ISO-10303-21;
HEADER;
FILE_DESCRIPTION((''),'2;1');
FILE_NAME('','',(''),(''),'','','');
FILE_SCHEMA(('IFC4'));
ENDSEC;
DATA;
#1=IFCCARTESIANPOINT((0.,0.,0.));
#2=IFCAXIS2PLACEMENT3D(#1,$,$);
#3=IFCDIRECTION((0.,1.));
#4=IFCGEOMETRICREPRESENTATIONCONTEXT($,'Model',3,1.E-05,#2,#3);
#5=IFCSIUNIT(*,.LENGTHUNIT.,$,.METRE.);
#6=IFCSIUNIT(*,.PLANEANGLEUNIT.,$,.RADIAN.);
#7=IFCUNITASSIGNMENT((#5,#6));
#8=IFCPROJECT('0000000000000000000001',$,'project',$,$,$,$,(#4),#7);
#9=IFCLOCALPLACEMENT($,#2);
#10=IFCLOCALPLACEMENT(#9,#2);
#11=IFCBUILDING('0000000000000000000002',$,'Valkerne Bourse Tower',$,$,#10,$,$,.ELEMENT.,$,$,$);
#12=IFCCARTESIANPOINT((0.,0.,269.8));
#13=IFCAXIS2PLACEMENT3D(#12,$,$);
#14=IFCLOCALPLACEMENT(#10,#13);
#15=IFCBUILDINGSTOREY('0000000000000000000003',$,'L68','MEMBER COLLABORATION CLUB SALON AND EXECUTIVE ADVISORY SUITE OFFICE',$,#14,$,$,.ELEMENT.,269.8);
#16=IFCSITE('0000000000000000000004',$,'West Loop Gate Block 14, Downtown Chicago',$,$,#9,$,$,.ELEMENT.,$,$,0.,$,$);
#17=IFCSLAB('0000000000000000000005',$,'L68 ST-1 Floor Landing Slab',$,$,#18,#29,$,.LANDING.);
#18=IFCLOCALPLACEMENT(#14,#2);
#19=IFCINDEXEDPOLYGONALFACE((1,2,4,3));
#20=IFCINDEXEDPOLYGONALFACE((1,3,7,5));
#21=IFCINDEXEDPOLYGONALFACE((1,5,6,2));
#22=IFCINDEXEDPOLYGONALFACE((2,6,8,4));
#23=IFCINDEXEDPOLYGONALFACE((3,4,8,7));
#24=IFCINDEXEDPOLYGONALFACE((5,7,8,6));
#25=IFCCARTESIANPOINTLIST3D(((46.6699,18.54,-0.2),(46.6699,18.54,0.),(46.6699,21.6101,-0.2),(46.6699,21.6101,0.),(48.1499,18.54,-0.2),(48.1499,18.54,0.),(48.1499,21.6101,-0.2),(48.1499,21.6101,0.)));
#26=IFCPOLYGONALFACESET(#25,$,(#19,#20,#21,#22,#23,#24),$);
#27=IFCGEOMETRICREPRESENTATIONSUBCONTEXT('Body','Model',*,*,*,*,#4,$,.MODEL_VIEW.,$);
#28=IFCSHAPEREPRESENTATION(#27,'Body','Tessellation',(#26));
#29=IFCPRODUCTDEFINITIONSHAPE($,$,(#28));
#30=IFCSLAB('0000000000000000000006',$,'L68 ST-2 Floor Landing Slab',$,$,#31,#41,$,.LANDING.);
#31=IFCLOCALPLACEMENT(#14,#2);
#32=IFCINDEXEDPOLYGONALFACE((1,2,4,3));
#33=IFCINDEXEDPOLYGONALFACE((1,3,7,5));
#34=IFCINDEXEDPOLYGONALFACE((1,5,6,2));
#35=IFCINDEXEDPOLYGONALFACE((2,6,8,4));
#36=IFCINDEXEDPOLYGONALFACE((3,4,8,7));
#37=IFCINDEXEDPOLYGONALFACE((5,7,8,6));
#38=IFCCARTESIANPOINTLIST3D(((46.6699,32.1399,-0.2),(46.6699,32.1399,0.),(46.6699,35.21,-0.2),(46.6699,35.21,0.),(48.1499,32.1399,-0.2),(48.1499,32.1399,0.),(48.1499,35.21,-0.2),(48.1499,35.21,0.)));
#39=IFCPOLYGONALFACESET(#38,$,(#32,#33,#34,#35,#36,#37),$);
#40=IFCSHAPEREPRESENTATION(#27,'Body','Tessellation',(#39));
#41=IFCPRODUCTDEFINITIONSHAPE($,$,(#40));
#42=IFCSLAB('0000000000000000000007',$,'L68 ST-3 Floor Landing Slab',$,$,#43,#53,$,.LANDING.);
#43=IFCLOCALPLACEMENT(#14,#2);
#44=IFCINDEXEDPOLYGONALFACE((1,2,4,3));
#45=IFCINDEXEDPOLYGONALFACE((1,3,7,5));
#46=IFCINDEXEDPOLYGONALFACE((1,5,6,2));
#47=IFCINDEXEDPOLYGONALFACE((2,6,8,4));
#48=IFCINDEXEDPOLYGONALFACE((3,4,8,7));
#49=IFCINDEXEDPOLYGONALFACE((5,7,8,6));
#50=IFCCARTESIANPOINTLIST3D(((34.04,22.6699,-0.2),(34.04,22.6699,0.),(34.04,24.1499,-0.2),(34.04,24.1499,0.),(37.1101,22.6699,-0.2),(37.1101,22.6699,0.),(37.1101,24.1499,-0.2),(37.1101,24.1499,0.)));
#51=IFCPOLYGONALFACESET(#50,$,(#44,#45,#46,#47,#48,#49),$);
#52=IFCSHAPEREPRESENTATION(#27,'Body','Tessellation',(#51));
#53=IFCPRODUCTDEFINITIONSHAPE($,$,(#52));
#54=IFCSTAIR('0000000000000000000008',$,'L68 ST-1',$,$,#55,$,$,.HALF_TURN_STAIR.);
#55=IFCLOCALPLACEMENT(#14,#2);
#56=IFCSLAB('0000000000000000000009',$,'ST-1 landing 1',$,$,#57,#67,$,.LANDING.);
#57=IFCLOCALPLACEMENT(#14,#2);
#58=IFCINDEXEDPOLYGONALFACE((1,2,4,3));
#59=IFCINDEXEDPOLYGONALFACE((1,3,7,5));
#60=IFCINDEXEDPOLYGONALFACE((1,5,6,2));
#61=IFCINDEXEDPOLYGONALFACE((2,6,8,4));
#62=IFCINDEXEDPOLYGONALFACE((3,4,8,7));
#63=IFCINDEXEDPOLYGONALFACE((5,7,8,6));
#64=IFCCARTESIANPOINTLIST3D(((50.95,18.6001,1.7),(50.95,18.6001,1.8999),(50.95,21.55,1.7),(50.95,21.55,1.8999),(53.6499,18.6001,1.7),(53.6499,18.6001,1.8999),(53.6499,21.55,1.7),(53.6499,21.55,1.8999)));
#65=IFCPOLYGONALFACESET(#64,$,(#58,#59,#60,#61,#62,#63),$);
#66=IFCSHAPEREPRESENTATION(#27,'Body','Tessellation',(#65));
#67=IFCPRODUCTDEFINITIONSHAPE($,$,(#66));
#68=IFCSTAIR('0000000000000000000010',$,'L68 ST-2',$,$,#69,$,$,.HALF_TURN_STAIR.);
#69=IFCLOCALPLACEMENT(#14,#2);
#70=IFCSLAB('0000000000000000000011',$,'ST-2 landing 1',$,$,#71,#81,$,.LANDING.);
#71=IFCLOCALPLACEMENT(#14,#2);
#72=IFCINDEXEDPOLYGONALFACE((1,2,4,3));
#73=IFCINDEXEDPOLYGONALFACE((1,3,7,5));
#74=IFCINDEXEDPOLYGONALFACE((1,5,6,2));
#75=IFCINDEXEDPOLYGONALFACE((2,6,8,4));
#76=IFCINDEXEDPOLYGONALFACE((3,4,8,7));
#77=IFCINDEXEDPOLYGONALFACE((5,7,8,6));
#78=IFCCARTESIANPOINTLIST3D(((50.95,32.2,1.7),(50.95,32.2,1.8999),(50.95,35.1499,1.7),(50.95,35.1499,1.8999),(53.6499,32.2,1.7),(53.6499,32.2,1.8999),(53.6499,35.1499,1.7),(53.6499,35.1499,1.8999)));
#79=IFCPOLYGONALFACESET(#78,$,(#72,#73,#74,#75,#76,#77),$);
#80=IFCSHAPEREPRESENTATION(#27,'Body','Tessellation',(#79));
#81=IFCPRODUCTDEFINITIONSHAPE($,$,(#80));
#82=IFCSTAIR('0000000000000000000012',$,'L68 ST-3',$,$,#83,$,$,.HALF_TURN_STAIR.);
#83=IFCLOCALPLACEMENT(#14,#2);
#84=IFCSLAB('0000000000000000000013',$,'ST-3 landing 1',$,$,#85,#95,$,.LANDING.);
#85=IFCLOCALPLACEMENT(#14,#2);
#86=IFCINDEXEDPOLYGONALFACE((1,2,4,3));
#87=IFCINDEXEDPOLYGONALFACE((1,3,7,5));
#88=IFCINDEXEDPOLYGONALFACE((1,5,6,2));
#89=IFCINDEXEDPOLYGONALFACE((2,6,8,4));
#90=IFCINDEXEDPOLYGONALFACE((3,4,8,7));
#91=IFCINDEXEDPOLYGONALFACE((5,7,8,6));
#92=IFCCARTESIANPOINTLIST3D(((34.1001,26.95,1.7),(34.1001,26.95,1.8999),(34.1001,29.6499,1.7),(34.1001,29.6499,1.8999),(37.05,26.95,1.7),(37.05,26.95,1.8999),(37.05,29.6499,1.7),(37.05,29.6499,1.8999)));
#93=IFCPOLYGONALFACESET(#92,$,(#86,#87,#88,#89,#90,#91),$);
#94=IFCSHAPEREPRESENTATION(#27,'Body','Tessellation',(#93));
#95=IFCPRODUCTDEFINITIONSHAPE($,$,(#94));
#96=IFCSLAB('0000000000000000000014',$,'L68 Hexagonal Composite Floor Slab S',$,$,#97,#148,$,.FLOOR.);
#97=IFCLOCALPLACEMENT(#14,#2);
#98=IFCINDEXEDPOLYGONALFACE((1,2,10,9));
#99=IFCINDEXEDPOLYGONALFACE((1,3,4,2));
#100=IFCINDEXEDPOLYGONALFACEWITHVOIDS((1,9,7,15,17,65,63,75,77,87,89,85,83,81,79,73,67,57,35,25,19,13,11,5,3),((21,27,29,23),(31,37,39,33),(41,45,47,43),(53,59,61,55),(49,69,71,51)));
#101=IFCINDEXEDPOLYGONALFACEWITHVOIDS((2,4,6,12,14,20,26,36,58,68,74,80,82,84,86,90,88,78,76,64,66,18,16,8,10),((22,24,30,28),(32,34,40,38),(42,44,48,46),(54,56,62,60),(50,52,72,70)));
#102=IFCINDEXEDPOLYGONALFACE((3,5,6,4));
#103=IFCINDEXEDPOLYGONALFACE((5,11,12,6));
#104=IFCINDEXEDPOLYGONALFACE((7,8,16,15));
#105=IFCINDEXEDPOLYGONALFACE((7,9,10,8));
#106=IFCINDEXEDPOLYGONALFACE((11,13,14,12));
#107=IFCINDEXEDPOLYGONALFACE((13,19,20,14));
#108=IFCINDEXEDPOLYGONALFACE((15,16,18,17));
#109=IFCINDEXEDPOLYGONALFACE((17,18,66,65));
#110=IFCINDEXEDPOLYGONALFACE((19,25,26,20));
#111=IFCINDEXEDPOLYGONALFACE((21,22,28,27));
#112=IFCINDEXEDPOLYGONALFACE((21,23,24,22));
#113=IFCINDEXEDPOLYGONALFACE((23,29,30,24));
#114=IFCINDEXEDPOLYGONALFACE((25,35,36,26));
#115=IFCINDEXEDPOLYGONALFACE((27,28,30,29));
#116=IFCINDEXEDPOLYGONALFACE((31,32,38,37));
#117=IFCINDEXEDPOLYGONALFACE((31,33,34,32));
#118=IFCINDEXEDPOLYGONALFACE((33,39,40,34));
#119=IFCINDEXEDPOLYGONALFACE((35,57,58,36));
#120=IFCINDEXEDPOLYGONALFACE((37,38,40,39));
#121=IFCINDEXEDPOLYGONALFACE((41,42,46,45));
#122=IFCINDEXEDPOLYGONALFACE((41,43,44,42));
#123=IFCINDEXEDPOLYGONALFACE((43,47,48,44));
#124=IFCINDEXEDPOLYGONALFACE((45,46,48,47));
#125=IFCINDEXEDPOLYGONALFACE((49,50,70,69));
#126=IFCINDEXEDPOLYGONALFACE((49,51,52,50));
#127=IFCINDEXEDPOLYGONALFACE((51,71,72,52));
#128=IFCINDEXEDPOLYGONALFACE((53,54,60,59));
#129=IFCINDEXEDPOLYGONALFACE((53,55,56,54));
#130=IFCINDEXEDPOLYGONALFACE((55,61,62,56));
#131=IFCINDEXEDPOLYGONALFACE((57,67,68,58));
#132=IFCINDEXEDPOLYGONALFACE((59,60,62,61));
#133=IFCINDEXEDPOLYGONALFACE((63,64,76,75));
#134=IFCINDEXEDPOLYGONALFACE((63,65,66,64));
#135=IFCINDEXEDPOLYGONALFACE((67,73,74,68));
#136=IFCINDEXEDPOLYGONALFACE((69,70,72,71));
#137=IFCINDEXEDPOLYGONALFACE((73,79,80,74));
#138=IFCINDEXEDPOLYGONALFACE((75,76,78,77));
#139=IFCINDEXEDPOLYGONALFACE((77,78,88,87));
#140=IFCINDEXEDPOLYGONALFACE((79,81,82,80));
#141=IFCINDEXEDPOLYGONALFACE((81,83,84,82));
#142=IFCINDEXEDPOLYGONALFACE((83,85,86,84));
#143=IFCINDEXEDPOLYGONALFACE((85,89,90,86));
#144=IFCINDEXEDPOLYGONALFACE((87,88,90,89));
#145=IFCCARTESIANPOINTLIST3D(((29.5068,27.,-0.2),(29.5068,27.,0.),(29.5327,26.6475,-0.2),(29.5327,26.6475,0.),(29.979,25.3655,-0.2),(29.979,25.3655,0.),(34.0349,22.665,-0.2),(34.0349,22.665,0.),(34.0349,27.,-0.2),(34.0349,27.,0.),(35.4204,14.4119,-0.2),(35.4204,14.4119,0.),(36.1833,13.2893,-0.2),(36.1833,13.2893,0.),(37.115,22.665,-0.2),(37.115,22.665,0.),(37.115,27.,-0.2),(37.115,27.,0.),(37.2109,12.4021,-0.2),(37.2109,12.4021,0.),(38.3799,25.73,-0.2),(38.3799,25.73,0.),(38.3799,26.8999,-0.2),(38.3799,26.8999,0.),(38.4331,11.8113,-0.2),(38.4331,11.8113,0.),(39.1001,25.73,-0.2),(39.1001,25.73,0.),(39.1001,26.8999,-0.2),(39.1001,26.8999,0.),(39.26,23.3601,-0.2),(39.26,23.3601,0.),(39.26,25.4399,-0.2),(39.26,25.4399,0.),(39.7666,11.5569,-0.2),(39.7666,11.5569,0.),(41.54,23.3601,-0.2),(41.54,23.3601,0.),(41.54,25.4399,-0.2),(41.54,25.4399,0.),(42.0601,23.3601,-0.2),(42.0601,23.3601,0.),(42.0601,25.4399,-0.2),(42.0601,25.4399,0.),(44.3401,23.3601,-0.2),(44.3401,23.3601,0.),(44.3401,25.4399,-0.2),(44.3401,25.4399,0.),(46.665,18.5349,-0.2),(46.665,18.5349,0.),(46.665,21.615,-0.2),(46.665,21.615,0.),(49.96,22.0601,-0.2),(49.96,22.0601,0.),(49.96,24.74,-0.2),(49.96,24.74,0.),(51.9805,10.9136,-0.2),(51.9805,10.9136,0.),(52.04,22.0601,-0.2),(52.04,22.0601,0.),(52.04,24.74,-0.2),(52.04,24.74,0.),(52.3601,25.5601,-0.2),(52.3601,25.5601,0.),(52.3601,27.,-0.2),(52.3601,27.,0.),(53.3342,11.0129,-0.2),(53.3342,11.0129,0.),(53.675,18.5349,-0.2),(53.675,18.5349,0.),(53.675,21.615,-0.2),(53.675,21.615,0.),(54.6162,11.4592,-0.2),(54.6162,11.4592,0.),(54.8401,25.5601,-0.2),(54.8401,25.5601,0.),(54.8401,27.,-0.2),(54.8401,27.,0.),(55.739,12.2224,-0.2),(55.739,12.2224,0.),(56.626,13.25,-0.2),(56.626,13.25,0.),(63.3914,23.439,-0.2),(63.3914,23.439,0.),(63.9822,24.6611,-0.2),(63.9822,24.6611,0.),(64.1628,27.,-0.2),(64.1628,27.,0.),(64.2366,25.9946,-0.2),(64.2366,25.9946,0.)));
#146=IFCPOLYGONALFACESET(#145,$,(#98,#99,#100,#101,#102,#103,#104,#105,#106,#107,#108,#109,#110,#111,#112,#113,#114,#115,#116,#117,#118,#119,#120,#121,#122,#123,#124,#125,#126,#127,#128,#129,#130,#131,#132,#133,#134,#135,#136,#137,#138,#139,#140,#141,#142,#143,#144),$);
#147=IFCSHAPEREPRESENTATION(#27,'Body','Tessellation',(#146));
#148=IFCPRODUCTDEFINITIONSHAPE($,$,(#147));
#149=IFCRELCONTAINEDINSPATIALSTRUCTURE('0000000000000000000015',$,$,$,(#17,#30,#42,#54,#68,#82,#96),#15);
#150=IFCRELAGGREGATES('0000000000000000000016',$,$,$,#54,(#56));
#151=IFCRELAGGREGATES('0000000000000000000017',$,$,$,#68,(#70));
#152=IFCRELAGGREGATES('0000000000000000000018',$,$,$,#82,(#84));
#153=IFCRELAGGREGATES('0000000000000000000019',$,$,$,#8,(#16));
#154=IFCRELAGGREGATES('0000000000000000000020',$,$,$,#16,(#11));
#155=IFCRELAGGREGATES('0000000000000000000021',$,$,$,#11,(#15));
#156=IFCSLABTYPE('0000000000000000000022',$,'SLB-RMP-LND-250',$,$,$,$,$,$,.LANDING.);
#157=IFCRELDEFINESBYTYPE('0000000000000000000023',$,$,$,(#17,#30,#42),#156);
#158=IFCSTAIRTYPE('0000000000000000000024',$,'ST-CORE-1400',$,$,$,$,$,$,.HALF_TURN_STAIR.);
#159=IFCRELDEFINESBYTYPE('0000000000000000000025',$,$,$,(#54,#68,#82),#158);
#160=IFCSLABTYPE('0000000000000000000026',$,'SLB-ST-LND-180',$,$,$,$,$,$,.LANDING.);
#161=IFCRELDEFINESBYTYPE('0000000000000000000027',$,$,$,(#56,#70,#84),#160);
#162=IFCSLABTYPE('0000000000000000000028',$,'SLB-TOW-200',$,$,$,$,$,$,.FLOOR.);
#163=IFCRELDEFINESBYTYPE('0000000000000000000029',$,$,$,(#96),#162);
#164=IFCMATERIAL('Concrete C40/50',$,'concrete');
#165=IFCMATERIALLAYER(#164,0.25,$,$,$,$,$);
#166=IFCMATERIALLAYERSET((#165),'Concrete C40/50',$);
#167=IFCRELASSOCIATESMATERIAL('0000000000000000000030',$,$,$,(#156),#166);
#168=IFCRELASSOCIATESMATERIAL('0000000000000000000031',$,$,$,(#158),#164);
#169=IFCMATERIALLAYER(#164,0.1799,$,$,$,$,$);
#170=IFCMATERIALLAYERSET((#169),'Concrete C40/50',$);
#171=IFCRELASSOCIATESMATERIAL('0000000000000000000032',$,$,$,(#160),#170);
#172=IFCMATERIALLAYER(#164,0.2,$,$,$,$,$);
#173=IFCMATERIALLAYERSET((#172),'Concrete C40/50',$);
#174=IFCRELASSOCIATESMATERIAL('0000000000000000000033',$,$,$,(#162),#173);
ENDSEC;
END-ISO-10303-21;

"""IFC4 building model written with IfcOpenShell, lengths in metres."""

from ifc_helpers import new_model, si_unit, direction, frame, origin, place, context, subcontext, project, spatial, polyline, outline, extrude, material, layer, layer_set, type_object, element, aggregate, save


model = new_model("IFC4")

# Units and contexts
model_context = context("Model", 3, precision=1e-05, world=origin(), true_north=direction((0.0, 1.0)))
body_context = subcontext(model_context, "Body", "Model", "MODEL_VIEW")
ifc_project = project(units=[si_unit("LENGTHUNIT", "METRE"), si_unit("PLANEANGLEUNIT", "RADIAN")], contexts=[model_context])

# Site, building, storey
site_placement = place(None, origin())
site = spatial("IfcSite", under=ifc_project, at=site_placement, Name="West Loop Gate Block 14, Downtown Chicago", CompositionType="ELEMENT", RefElevation=0.0)
building_placement = place(site_placement, origin())
building = spatial("IfcBuilding", under=site, at=building_placement, Name="Valkerne Bourse Tower", CompositionType="ELEMENT")
storey_placement = place(building_placement, frame((0.0, 0.0, 269.8)))
storey = spatial("IfcBuildingStorey", under=building, at=storey_placement, Name="L68", Description="MEMBER COLLABORATION CLUB SALON AND EXECUTIVE ADVISORY SUITE OFFICE", CompositionType="ELEMENT", Elevation=269.8)

# Slabs
ifc_material_1 = material(Name="Concrete C40/50", Category="concrete")
ifc_layer_1 = layer(ifc_material_1, 0.25)
ifc_layer_set_1 = layer_set([ifc_layer_1], Name="Concrete C40/50")
slab_type_1 = type_object("IfcSlabType", Name="SLB-RMP-LND-250", PredefinedType="LANDING", material=ifc_layer_set_1)
slab_1_placement = place(storey_placement, frame((0.0, 0.0, -0.2)))
element("IfcSlab", 1, at=slab_1_placement, inside=storey, type_object=slab_type_1, Name="L68 ST-1 Floor Landing Slab", PredefinedType="LANDING", context=body_context, shape_type="SweptSolid", body=[
    extrude(outline(polyline([(46.6699, 18.54), (48.1499, 18.54), (48.1499, 21.6101), (46.6699, 21.6101), (46.6699, 18.54)])), origin(), (0.0, 0.0, 1.0), 0.2),
])
slab_2_placement = place(storey_placement, frame((0.0, 0.0, -0.2)))
element("IfcSlab", 2, at=slab_2_placement, inside=storey, type_object=slab_type_1, Name="L68 ST-2 Floor Landing Slab", PredefinedType="LANDING", context=body_context, shape_type="SweptSolid", body=[
    extrude(outline(polyline([(46.6699, 32.1399), (48.1499, 32.1399), (48.1499, 35.21), (46.6699, 35.21), (46.6699, 32.1399)])), origin(), (0.0, 0.0, 1.0), 0.2),
])
slab_3_placement = place(storey_placement, frame((0.0, 0.0, -0.2)))
element("IfcSlab", 3, at=slab_3_placement, inside=storey, type_object=slab_type_1, Name="L68 ST-3 Floor Landing Slab", PredefinedType="LANDING", context=body_context, shape_type="SweptSolid", body=[
    extrude(outline(polyline([(37.1101, 22.6699), (37.1101, 24.1499), (34.04, 24.1499), (34.04, 22.6699), (37.1101, 22.6699)])), origin(), (0.0, 0.0, 1.0), 0.2),
])

# Stairs, slabs
stair_type = type_object("IfcStairType", Name="ST-CORE-1400", PredefinedType="HALF_TURN_STAIR", material=ifc_material_1)
stair_1_placement = place(storey_placement, origin())
stair_1 = element("IfcStair", 4, at=stair_1_placement, inside=storey, type_object=stair_type, Name="L68 ST-1", PredefinedType="HALF_TURN_STAIR")
ifc_layer_2 = layer(ifc_material_1, 0.1799)
ifc_layer_set_2 = layer_set([ifc_layer_2], Name="Concrete C40/50")
slab_type_2 = type_object("IfcSlabType", Name="SLB-ST-LND-180", PredefinedType="LANDING", material=ifc_layer_set_2)
slab_4_placement = place(storey_placement, frame((0.0, 0.0, 1.7)))
slab_4 = element("IfcSlab", 5, at=slab_4_placement, type_object=slab_type_2, Name="ST-1 landing 1", PredefinedType="LANDING", context=body_context, shape_type="SweptSolid", body=[
    extrude(outline(polyline([(50.95, 18.6001), (53.6499, 18.6001), (53.6499, 21.55), (50.95, 21.55), (50.95, 18.6001)])), origin(), (0.0, 0.0, 1.0), 0.2),
])
aggregate(stair_1, [slab_4])
stair_2_placement = place(storey_placement, origin())
stair_2 = element("IfcStair", 6, at=stair_2_placement, inside=storey, type_object=stair_type, Name="L68 ST-2", PredefinedType="HALF_TURN_STAIR")
slab_5_placement = place(storey_placement, frame((0.0, 0.0, 1.7)))
slab_5 = element("IfcSlab", 7, at=slab_5_placement, type_object=slab_type_2, Name="ST-2 landing 1", PredefinedType="LANDING", context=body_context, shape_type="SweptSolid", body=[
    extrude(outline(polyline([(50.95, 32.2), (53.6499, 32.2), (53.6499, 35.1499), (50.95, 35.1499), (50.95, 32.2)])), origin(), (0.0, 0.0, 1.0), 0.2),
])
aggregate(stair_2, [slab_5])
stair_3_placement = place(storey_placement, origin())
stair_3 = element("IfcStair", 8, at=stair_3_placement, inside=storey, type_object=stair_type, Name="L68 ST-3", PredefinedType="HALF_TURN_STAIR")
slab_6_placement = place(storey_placement, frame((0.0, 0.0, 1.7)))
slab_6 = element("IfcSlab", 9, at=slab_6_placement, type_object=slab_type_2, Name="ST-3 landing 1", PredefinedType="LANDING", context=body_context, shape_type="SweptSolid", body=[
    extrude(outline(polyline([(37.05, 26.95), (37.05, 29.6499), (34.1001, 29.6499), (34.1001, 26.95), (37.05, 26.95)])), origin(), (0.0, 0.0, 1.0), 0.2),
])
aggregate(stair_3, [slab_6])

# Slab
ifc_layer_3 = layer(ifc_material_1, 0.2)
ifc_layer_set_3 = layer_set([ifc_layer_3], Name="Concrete C40/50")
slab_type_3 = type_object("IfcSlabType", Name="SLB-TOW-200", PredefinedType="FLOOR", material=ifc_layer_set_3)
slab_7_placement = place(storey_placement, frame((0.0, 0.0, -0.2)))
element("IfcSlab", 10, at=slab_7_placement, inside=storey, type_object=slab_type_3, Name="L68 Hexagonal Composite Floor Slab S", PredefinedType="FLOOR", context=body_context, shape_type="SweptSolid", body=[
    extrude(outline(polyline([(64.2366, 25.9946), (63.9822, 24.6611), (63.3914, 23.439), (56.626, 13.25), (55.739, 12.2224), (54.6162, 11.4592), (53.3342, 11.0129), (51.9805, 10.9136), (39.7666, 11.5569), (38.4331, 11.8113), (37.2109, 12.4021), (36.1833, 13.2893), (35.4204, 14.4119), (29.979, 25.3655), (29.5327, 26.6475), (29.5068, 27.0), (34.0349, 27.0), (34.0349, 22.665), (37.115, 22.665), (37.115, 27.0), (52.3601, 27.0), (52.3601, 25.5601), (54.8401, 25.5601), (54.8401, 27.0), (64.1628, 27.0), (64.2366, 25.9946)]), holes=[polyline([(39.26, 25.4399), (39.26, 23.3601), (41.54, 23.3601), (41.54, 25.4399), (39.26, 25.4399)]), polyline([(44.3401, 25.4399), (42.0601, 25.4399), (42.0601, 23.3601), (44.3401, 23.3601), (44.3401, 25.4399)]), polyline([(38.3799, 26.8999), (38.3799, 25.73), (39.1001, 25.73), (39.1001, 26.8999), (38.3799, 26.8999)]), polyline([(46.665, 21.615), (46.665, 18.5349), (53.675, 18.5349), (53.675, 21.615), (46.665, 21.615)]), polyline([(52.04, 24.74), (49.96, 24.74), (49.96, 22.0601), (52.04, 22.0601), (52.04, 24.74)])]), origin(), (0.0, 0.0, 1.0), 0.2),
])

save(model, "model.ifc")
